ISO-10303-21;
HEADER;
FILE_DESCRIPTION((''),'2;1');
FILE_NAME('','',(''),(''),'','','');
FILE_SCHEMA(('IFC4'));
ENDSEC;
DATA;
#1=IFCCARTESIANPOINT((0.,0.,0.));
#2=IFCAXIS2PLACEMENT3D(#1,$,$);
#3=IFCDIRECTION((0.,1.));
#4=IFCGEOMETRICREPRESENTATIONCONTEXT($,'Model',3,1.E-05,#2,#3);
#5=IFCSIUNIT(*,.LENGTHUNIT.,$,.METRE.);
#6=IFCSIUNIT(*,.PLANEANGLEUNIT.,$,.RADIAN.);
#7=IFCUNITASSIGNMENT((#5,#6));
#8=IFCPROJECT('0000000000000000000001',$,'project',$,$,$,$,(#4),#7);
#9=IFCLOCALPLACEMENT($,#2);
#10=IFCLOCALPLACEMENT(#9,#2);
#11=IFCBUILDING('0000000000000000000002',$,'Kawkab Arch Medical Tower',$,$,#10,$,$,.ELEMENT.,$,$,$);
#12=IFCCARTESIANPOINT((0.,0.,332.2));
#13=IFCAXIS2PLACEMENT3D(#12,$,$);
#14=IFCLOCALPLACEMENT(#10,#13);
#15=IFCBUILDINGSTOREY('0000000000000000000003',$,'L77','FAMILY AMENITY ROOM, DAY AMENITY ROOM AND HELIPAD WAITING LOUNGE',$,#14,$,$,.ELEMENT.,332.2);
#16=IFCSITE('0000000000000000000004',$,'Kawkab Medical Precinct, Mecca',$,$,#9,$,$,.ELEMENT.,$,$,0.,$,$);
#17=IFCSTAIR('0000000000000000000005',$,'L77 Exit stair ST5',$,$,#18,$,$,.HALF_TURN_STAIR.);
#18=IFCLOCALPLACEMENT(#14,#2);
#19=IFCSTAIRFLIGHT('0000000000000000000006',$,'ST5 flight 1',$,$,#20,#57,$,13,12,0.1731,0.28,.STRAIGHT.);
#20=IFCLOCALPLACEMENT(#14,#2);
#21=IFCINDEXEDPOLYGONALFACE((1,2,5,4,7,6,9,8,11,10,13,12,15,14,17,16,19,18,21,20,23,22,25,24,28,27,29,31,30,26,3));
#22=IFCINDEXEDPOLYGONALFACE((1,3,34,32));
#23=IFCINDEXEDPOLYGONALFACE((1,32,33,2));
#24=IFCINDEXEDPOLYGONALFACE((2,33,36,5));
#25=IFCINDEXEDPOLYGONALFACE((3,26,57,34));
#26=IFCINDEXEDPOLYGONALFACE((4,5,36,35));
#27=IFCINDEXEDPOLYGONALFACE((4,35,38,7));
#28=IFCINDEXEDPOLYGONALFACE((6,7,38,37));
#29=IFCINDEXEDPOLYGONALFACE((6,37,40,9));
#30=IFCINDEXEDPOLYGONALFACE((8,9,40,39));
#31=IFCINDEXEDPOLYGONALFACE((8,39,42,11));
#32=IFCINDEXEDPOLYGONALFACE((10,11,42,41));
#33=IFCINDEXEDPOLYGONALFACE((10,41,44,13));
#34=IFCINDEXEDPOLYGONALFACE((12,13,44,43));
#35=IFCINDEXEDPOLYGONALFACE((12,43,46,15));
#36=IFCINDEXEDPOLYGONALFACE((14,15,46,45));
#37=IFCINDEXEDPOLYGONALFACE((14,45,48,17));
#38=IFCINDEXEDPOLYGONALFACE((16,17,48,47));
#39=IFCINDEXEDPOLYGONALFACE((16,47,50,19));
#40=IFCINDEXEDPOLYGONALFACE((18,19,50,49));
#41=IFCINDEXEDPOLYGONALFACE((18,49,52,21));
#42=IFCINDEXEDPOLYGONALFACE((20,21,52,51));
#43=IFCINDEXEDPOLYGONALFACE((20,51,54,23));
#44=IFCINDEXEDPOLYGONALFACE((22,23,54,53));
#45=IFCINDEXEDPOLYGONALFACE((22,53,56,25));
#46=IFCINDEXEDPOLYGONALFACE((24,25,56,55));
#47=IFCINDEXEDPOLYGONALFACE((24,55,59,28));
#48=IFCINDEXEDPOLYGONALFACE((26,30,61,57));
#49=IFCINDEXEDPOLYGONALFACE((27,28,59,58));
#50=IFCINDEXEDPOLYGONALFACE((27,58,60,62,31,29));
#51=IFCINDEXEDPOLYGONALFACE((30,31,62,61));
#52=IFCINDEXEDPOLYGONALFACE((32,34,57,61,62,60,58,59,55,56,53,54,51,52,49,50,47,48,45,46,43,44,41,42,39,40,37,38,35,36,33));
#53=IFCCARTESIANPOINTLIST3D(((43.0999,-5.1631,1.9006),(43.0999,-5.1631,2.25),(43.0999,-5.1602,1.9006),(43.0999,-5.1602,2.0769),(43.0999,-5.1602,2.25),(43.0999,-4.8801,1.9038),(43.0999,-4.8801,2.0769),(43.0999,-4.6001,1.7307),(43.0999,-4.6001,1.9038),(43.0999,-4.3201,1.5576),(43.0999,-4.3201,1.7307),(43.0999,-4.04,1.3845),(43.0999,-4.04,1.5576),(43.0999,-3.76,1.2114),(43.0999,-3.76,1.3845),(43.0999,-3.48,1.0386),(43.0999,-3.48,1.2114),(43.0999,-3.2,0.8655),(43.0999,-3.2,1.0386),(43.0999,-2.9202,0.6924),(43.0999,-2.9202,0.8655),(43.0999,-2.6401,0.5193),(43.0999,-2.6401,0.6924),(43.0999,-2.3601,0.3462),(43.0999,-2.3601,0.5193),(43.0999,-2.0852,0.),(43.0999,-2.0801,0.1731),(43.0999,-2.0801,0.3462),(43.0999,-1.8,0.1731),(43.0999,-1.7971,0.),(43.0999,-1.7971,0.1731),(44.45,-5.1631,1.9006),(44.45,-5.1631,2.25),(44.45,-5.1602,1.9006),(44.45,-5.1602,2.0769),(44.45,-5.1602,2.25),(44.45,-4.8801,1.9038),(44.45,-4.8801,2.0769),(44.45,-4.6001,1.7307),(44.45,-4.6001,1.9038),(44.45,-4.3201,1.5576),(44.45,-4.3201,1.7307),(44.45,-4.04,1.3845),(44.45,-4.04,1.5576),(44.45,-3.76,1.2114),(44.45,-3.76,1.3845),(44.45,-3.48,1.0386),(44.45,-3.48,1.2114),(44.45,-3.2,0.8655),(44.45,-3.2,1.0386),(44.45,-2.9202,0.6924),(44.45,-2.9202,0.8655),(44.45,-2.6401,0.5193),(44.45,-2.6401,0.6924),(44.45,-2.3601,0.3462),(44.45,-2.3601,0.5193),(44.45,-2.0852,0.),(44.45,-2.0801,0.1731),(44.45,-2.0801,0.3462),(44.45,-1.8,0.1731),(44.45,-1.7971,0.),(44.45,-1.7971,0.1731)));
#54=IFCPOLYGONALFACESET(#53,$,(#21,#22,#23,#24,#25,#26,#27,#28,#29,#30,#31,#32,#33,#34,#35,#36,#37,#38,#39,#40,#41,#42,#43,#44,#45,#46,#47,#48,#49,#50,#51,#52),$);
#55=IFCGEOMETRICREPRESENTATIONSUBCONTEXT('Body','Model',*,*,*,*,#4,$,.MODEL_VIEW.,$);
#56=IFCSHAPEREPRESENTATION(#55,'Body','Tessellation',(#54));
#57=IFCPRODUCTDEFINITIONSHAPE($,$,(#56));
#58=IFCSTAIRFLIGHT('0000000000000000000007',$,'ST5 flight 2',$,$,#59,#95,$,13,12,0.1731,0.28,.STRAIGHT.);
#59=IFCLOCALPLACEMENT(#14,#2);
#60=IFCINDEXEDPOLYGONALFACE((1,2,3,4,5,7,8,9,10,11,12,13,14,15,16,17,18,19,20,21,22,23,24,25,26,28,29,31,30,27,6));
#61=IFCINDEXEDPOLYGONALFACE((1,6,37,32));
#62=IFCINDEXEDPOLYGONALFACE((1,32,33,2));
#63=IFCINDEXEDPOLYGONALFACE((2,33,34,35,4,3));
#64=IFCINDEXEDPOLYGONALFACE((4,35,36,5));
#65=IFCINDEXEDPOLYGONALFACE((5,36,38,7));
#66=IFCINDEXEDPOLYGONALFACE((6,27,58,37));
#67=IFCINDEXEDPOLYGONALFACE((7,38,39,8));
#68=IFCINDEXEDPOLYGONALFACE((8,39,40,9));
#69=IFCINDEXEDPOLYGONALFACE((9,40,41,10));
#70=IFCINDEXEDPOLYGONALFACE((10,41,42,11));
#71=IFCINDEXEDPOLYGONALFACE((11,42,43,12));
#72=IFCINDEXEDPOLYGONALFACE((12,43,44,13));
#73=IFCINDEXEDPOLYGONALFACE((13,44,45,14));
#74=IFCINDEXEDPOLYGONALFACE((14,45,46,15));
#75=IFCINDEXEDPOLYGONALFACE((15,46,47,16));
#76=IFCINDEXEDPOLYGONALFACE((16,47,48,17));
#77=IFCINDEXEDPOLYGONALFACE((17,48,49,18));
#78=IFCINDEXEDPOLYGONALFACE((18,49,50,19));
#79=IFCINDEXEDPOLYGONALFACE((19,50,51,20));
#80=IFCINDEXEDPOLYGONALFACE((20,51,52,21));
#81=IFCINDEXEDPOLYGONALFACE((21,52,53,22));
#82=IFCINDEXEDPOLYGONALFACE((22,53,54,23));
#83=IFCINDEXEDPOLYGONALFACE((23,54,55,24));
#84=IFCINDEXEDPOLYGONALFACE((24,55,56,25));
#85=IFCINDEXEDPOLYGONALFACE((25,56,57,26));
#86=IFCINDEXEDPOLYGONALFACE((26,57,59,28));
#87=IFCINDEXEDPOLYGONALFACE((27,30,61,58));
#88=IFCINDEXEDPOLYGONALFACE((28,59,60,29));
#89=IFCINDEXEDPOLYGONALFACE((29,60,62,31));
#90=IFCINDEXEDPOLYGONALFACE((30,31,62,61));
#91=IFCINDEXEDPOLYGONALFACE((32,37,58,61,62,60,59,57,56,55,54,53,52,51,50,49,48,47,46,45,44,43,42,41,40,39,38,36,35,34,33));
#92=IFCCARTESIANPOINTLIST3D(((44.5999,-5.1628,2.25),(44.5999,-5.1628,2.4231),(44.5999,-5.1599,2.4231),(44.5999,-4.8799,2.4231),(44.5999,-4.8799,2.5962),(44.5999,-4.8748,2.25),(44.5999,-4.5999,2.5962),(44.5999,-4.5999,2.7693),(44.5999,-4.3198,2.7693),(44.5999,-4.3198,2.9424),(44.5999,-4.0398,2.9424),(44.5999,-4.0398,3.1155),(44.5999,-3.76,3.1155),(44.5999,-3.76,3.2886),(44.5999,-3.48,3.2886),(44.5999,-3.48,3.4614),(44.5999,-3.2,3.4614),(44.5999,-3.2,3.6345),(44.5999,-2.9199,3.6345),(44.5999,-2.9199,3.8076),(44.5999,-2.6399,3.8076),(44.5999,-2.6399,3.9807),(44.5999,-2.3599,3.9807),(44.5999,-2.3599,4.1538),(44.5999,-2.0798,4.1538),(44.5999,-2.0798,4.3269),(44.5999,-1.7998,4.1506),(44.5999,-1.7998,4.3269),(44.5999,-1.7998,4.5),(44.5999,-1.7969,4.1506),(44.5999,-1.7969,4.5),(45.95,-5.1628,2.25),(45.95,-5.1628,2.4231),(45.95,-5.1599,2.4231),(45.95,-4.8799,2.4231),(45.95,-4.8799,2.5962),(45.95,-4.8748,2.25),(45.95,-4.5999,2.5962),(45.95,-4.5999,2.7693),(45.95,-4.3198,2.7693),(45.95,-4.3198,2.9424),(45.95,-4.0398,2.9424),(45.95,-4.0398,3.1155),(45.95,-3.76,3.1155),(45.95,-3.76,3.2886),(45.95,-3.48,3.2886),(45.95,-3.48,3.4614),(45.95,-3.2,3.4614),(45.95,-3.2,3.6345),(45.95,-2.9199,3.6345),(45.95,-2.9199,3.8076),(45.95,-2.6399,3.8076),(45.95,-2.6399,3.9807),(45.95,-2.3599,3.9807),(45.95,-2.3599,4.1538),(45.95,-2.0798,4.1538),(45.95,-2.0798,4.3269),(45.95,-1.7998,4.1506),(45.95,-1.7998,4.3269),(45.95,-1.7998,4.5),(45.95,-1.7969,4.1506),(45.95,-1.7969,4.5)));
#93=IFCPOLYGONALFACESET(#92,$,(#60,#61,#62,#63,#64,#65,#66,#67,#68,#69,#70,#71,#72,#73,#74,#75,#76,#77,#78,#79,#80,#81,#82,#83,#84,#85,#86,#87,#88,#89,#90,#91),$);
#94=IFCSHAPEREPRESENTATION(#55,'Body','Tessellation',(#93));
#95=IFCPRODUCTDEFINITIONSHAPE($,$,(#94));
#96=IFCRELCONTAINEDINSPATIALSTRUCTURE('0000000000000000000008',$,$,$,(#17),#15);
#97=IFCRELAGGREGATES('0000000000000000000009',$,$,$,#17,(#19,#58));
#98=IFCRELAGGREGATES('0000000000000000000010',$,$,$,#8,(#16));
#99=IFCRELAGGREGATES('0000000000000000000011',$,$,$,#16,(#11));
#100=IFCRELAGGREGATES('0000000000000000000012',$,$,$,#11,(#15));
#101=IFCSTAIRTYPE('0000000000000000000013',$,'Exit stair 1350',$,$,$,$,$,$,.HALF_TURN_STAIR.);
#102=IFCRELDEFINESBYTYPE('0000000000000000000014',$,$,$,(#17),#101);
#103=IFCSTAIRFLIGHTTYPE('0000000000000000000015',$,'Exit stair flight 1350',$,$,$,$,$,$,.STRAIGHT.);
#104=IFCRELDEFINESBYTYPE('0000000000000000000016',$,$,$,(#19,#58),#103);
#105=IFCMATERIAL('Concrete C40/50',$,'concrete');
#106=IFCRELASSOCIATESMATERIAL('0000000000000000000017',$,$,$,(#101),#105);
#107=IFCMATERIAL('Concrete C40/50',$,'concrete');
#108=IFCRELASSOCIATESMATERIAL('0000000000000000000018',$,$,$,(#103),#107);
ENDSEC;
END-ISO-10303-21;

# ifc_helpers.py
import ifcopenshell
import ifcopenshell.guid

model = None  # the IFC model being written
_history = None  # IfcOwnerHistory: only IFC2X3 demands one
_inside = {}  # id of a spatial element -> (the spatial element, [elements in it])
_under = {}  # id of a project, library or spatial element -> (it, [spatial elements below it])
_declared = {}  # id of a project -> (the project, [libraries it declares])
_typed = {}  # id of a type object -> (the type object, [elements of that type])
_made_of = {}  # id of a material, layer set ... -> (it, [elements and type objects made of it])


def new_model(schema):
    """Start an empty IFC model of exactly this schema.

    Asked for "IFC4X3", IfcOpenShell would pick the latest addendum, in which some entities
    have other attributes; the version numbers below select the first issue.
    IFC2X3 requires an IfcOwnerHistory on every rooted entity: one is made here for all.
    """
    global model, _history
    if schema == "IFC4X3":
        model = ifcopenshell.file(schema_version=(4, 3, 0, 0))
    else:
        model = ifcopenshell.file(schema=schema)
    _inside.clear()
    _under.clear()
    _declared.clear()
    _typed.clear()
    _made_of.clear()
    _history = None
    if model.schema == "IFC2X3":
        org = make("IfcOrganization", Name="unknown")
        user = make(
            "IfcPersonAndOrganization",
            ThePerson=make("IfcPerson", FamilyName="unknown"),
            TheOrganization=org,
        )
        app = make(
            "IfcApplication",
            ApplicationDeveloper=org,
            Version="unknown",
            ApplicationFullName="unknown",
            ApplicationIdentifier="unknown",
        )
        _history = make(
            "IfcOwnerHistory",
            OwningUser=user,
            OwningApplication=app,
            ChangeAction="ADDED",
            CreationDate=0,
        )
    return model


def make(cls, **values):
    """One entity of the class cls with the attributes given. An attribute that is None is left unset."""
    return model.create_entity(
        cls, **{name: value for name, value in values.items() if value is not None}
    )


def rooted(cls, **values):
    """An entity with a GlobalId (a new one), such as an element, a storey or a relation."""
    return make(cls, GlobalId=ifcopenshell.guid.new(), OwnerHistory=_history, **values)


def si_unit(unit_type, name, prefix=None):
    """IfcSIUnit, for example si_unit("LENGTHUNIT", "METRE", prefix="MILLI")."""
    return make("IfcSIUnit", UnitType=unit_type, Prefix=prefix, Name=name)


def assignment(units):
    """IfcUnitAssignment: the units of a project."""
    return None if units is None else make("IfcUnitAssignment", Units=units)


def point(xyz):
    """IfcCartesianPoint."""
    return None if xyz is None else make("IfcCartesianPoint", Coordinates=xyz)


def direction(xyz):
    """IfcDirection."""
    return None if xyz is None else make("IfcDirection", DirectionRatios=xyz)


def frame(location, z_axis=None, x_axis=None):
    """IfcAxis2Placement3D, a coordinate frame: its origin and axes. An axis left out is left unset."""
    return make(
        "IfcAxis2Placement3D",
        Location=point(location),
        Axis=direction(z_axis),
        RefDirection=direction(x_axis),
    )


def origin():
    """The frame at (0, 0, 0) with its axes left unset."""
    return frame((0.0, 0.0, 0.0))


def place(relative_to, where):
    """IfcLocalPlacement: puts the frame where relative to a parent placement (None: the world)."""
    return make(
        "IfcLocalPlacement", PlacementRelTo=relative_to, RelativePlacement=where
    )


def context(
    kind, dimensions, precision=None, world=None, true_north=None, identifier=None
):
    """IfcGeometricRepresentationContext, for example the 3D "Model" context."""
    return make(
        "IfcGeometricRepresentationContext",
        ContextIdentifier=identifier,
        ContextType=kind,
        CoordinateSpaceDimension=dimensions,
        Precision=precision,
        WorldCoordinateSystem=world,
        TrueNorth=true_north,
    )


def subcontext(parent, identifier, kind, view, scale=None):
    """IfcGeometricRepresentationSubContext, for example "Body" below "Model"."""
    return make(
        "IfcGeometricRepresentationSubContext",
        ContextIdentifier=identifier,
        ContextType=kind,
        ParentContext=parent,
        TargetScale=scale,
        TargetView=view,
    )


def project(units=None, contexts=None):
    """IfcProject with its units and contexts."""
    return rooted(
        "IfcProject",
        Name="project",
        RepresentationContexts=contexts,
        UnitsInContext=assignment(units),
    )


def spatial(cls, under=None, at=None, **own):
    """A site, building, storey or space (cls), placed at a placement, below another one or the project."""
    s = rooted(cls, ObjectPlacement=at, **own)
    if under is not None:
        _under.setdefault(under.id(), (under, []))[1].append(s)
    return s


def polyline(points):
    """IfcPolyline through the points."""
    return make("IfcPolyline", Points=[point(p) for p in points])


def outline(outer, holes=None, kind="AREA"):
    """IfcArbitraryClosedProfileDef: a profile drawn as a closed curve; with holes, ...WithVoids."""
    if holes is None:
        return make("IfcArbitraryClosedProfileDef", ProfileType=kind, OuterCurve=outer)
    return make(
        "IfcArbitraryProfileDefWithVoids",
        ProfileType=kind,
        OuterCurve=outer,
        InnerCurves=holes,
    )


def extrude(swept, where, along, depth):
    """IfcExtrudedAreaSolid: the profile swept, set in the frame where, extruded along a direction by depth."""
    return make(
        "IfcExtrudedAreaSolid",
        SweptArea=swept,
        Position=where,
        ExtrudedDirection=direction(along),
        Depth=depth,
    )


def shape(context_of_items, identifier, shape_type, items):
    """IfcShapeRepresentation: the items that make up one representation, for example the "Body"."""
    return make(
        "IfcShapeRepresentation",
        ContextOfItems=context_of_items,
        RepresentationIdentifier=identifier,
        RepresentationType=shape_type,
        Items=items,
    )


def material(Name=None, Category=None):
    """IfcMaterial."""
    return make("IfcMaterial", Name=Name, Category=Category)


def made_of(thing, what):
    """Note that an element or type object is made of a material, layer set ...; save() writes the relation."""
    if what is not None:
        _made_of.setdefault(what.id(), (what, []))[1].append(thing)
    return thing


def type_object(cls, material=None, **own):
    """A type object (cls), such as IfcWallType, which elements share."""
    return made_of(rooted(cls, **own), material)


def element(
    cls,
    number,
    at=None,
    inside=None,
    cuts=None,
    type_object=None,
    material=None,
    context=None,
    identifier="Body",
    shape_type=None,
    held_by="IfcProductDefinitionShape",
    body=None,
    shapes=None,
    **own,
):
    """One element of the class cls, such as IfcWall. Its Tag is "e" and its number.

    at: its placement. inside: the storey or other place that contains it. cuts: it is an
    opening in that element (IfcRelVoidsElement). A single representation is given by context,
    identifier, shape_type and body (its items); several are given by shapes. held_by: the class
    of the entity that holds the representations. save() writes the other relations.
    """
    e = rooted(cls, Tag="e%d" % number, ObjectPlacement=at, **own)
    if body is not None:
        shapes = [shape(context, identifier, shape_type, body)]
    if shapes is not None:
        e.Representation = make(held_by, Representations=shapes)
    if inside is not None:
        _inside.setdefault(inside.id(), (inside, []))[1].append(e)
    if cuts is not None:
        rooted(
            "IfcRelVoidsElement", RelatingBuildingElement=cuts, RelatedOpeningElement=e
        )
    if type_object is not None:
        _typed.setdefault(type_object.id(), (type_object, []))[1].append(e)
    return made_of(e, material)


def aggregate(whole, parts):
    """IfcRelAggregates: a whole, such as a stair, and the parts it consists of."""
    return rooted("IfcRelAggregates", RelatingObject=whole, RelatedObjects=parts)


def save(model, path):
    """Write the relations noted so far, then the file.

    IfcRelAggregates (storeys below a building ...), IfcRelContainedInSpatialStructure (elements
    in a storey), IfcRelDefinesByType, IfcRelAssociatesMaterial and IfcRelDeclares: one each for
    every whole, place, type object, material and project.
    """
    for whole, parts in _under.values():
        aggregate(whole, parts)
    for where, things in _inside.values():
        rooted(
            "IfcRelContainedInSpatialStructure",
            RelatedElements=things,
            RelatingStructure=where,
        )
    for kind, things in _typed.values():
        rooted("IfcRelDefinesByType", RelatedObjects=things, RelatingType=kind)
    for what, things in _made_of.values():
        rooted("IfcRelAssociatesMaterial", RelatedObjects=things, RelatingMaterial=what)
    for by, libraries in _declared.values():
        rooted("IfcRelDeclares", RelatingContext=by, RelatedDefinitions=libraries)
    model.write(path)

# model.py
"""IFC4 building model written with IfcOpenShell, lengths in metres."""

from ifc_helpers import new_model, si_unit, direction, frame, origin, place, context, subcontext, project, spatial, polyline, outline, extrude, material, type_object, element, aggregate, save


model = new_model("IFC4")

# Units and contexts
model_context = context("Model", 3, precision=1e-05, world=origin(), true_north=direction((0.0, 1.0)))
body_context = subcontext(model_context, "Body", "Model", "MODEL_VIEW")
ifc_project = project(units=[si_unit("LENGTHUNIT", "METRE"), si_unit("PLANEANGLEUNIT", "RADIAN")], contexts=[model_context])

# Site, building, storey
site_placement = place(None, origin())
site = spatial("IfcSite", under=ifc_project, at=site_placement, Name="Kawkab Medical Precinct, Mecca", CompositionType="ELEMENT", RefElevation=0.0)
building_placement = place(site_placement, origin())
building = spatial("IfcBuilding", under=site, at=building_placement, Name="Kawkab Arch Medical Tower", CompositionType="ELEMENT")
storey_placement = place(building_placement, frame((0.0, 0.0, 332.2)))
storey = spatial("IfcBuildingStorey", under=building, at=storey_placement, Name="L77", Description="FAMILY AMENITY ROOM, DAY AMENITY ROOM AND HELIPAD WAITING LOUNGE", CompositionType="ELEMENT", Elevation=332.2)

# Shared definitions
placement = place(storey_placement, origin())

# Stair, stair flights
ifc_material_1 = material(Name="Concrete C40/50", Category="concrete")
stair_type = type_object("IfcStairType", Name="Exit stair 1350", PredefinedType="HALF_TURN_STAIR", material=ifc_material_1)
stair = element("IfcStair", 1, at=placement, inside=storey, type_object=stair_type, Name="L77 Exit stair ST5", PredefinedType="HALF_TURN_STAIR")
ifc_material_2 = material(Name="Concrete C40/50", Category="concrete")
stair_flight_type = type_object("IfcStairFlightType", Name="Exit stair flight 1350", PredefinedType="STRAIGHT", material=ifc_material_2)
stair_flight_1_placement = place(storey_placement, frame((43.7749, -1.8, 0.0), z_axis=(0.0, 0.0, 1.0), x_axis=(0.0, -1.0, 0.0)))
stair_flight_1 = element("IfcStairFlight", 2, at=stair_flight_1_placement, type_object=stair_flight_type, Name="ST5 flight 1", NumberOfRisers=13, NumberOfTreads=12, PredefinedType="STRAIGHT", RiserHeight=0.1731, TreadLength=0.28, context=body_context, shape_type="SweptSolid", body=[
    extrude(outline(polyline([(-0.0029, 0.0), (-0.0029, 0.1731), (0.0, 0.1731), (0.28, 0.1731), (0.28, 0.3462), (0.5601, 0.3462), (0.5601, 0.5193), (0.8401, 0.5193), (0.8401, 0.6924), (1.1201, 0.6924), (1.1201, 0.8655), (1.3999, 0.8655), (1.3999, 1.0386), (1.6799, 1.0386), (1.6799, 1.2114), (1.96, 1.2114), (1.96, 1.3845), (2.24, 1.3845), (2.24, 1.5576), (2.52, 1.5576), (2.52, 1.7307), (2.8, 1.7307), (2.8, 1.9038), (3.0801, 1.9038), (3.0801, 2.0769), (3.3601, 2.0769), (3.3601, 2.25), (3.363, 2.25), (3.363, 1.9006), (3.3601, 1.9006), (0.2852, 0.0), (-0.0029, 0.0)])), frame((0.0, 0.675, 0.0), z_axis=(0.0, -1.0, 0.0), x_axis=(1.0, 0.0, 0.0)), (0.0, 0.0, 1.0), 1.3501),
])
stair_flight_2_placement = place(storey_placement, frame((45.2749, -5.1599, 2.25), z_axis=(0.0, 0.0, 1.0), x_axis=(0.0, 1.0, 0.0)))
stair_flight_2 = element("IfcStairFlight", 3, at=stair_flight_2_placement, type_object=stair_flight_type, Name="ST5 flight 2", NumberOfRisers=13, NumberOfTreads=12, PredefinedType="STRAIGHT", RiserHeight=0.1731, TreadLength=0.28, context=body_context, shape_type="SweptSolid", body=[
    extrude(outline(polyline([(-0.0029, 0.0), (-0.0029, 0.1731), (0.0, 0.1731), (0.28, 0.1731), (0.28, 0.3462), (0.5601, 0.3462), (0.5601, 0.5193), (0.8401, 0.5193), (0.8401, 0.6924), (1.1201, 0.6924), (1.1201, 0.8655), (1.3999, 0.8655), (1.3999, 1.0386), (1.6799, 1.0386), (1.6799, 1.2114), (1.96, 1.2114), (1.96, 1.3845), (2.24, 1.3845), (2.24, 1.5576), (2.52, 1.5576), (2.52, 1.7307), (2.8, 1.7307), (2.8, 1.9038), (3.0801, 1.9038), (3.0801, 2.0769), (3.3601, 2.0769), (3.3601, 2.25), (3.363, 2.25), (3.363, 1.9006), (3.3601, 1.9006), (0.2852, 0.0), (-0.0029, 0.0)])), frame((0.0, 0.675, 0.0), z_axis=(0.0, -1.0, 0.0), x_axis=(1.0, 0.0, 0.0)), (0.0, 0.0, 1.0), 1.3501),
])
aggregate(stair, [stair_flight_1, stair_flight_2])

save(model, "model.ifc")
